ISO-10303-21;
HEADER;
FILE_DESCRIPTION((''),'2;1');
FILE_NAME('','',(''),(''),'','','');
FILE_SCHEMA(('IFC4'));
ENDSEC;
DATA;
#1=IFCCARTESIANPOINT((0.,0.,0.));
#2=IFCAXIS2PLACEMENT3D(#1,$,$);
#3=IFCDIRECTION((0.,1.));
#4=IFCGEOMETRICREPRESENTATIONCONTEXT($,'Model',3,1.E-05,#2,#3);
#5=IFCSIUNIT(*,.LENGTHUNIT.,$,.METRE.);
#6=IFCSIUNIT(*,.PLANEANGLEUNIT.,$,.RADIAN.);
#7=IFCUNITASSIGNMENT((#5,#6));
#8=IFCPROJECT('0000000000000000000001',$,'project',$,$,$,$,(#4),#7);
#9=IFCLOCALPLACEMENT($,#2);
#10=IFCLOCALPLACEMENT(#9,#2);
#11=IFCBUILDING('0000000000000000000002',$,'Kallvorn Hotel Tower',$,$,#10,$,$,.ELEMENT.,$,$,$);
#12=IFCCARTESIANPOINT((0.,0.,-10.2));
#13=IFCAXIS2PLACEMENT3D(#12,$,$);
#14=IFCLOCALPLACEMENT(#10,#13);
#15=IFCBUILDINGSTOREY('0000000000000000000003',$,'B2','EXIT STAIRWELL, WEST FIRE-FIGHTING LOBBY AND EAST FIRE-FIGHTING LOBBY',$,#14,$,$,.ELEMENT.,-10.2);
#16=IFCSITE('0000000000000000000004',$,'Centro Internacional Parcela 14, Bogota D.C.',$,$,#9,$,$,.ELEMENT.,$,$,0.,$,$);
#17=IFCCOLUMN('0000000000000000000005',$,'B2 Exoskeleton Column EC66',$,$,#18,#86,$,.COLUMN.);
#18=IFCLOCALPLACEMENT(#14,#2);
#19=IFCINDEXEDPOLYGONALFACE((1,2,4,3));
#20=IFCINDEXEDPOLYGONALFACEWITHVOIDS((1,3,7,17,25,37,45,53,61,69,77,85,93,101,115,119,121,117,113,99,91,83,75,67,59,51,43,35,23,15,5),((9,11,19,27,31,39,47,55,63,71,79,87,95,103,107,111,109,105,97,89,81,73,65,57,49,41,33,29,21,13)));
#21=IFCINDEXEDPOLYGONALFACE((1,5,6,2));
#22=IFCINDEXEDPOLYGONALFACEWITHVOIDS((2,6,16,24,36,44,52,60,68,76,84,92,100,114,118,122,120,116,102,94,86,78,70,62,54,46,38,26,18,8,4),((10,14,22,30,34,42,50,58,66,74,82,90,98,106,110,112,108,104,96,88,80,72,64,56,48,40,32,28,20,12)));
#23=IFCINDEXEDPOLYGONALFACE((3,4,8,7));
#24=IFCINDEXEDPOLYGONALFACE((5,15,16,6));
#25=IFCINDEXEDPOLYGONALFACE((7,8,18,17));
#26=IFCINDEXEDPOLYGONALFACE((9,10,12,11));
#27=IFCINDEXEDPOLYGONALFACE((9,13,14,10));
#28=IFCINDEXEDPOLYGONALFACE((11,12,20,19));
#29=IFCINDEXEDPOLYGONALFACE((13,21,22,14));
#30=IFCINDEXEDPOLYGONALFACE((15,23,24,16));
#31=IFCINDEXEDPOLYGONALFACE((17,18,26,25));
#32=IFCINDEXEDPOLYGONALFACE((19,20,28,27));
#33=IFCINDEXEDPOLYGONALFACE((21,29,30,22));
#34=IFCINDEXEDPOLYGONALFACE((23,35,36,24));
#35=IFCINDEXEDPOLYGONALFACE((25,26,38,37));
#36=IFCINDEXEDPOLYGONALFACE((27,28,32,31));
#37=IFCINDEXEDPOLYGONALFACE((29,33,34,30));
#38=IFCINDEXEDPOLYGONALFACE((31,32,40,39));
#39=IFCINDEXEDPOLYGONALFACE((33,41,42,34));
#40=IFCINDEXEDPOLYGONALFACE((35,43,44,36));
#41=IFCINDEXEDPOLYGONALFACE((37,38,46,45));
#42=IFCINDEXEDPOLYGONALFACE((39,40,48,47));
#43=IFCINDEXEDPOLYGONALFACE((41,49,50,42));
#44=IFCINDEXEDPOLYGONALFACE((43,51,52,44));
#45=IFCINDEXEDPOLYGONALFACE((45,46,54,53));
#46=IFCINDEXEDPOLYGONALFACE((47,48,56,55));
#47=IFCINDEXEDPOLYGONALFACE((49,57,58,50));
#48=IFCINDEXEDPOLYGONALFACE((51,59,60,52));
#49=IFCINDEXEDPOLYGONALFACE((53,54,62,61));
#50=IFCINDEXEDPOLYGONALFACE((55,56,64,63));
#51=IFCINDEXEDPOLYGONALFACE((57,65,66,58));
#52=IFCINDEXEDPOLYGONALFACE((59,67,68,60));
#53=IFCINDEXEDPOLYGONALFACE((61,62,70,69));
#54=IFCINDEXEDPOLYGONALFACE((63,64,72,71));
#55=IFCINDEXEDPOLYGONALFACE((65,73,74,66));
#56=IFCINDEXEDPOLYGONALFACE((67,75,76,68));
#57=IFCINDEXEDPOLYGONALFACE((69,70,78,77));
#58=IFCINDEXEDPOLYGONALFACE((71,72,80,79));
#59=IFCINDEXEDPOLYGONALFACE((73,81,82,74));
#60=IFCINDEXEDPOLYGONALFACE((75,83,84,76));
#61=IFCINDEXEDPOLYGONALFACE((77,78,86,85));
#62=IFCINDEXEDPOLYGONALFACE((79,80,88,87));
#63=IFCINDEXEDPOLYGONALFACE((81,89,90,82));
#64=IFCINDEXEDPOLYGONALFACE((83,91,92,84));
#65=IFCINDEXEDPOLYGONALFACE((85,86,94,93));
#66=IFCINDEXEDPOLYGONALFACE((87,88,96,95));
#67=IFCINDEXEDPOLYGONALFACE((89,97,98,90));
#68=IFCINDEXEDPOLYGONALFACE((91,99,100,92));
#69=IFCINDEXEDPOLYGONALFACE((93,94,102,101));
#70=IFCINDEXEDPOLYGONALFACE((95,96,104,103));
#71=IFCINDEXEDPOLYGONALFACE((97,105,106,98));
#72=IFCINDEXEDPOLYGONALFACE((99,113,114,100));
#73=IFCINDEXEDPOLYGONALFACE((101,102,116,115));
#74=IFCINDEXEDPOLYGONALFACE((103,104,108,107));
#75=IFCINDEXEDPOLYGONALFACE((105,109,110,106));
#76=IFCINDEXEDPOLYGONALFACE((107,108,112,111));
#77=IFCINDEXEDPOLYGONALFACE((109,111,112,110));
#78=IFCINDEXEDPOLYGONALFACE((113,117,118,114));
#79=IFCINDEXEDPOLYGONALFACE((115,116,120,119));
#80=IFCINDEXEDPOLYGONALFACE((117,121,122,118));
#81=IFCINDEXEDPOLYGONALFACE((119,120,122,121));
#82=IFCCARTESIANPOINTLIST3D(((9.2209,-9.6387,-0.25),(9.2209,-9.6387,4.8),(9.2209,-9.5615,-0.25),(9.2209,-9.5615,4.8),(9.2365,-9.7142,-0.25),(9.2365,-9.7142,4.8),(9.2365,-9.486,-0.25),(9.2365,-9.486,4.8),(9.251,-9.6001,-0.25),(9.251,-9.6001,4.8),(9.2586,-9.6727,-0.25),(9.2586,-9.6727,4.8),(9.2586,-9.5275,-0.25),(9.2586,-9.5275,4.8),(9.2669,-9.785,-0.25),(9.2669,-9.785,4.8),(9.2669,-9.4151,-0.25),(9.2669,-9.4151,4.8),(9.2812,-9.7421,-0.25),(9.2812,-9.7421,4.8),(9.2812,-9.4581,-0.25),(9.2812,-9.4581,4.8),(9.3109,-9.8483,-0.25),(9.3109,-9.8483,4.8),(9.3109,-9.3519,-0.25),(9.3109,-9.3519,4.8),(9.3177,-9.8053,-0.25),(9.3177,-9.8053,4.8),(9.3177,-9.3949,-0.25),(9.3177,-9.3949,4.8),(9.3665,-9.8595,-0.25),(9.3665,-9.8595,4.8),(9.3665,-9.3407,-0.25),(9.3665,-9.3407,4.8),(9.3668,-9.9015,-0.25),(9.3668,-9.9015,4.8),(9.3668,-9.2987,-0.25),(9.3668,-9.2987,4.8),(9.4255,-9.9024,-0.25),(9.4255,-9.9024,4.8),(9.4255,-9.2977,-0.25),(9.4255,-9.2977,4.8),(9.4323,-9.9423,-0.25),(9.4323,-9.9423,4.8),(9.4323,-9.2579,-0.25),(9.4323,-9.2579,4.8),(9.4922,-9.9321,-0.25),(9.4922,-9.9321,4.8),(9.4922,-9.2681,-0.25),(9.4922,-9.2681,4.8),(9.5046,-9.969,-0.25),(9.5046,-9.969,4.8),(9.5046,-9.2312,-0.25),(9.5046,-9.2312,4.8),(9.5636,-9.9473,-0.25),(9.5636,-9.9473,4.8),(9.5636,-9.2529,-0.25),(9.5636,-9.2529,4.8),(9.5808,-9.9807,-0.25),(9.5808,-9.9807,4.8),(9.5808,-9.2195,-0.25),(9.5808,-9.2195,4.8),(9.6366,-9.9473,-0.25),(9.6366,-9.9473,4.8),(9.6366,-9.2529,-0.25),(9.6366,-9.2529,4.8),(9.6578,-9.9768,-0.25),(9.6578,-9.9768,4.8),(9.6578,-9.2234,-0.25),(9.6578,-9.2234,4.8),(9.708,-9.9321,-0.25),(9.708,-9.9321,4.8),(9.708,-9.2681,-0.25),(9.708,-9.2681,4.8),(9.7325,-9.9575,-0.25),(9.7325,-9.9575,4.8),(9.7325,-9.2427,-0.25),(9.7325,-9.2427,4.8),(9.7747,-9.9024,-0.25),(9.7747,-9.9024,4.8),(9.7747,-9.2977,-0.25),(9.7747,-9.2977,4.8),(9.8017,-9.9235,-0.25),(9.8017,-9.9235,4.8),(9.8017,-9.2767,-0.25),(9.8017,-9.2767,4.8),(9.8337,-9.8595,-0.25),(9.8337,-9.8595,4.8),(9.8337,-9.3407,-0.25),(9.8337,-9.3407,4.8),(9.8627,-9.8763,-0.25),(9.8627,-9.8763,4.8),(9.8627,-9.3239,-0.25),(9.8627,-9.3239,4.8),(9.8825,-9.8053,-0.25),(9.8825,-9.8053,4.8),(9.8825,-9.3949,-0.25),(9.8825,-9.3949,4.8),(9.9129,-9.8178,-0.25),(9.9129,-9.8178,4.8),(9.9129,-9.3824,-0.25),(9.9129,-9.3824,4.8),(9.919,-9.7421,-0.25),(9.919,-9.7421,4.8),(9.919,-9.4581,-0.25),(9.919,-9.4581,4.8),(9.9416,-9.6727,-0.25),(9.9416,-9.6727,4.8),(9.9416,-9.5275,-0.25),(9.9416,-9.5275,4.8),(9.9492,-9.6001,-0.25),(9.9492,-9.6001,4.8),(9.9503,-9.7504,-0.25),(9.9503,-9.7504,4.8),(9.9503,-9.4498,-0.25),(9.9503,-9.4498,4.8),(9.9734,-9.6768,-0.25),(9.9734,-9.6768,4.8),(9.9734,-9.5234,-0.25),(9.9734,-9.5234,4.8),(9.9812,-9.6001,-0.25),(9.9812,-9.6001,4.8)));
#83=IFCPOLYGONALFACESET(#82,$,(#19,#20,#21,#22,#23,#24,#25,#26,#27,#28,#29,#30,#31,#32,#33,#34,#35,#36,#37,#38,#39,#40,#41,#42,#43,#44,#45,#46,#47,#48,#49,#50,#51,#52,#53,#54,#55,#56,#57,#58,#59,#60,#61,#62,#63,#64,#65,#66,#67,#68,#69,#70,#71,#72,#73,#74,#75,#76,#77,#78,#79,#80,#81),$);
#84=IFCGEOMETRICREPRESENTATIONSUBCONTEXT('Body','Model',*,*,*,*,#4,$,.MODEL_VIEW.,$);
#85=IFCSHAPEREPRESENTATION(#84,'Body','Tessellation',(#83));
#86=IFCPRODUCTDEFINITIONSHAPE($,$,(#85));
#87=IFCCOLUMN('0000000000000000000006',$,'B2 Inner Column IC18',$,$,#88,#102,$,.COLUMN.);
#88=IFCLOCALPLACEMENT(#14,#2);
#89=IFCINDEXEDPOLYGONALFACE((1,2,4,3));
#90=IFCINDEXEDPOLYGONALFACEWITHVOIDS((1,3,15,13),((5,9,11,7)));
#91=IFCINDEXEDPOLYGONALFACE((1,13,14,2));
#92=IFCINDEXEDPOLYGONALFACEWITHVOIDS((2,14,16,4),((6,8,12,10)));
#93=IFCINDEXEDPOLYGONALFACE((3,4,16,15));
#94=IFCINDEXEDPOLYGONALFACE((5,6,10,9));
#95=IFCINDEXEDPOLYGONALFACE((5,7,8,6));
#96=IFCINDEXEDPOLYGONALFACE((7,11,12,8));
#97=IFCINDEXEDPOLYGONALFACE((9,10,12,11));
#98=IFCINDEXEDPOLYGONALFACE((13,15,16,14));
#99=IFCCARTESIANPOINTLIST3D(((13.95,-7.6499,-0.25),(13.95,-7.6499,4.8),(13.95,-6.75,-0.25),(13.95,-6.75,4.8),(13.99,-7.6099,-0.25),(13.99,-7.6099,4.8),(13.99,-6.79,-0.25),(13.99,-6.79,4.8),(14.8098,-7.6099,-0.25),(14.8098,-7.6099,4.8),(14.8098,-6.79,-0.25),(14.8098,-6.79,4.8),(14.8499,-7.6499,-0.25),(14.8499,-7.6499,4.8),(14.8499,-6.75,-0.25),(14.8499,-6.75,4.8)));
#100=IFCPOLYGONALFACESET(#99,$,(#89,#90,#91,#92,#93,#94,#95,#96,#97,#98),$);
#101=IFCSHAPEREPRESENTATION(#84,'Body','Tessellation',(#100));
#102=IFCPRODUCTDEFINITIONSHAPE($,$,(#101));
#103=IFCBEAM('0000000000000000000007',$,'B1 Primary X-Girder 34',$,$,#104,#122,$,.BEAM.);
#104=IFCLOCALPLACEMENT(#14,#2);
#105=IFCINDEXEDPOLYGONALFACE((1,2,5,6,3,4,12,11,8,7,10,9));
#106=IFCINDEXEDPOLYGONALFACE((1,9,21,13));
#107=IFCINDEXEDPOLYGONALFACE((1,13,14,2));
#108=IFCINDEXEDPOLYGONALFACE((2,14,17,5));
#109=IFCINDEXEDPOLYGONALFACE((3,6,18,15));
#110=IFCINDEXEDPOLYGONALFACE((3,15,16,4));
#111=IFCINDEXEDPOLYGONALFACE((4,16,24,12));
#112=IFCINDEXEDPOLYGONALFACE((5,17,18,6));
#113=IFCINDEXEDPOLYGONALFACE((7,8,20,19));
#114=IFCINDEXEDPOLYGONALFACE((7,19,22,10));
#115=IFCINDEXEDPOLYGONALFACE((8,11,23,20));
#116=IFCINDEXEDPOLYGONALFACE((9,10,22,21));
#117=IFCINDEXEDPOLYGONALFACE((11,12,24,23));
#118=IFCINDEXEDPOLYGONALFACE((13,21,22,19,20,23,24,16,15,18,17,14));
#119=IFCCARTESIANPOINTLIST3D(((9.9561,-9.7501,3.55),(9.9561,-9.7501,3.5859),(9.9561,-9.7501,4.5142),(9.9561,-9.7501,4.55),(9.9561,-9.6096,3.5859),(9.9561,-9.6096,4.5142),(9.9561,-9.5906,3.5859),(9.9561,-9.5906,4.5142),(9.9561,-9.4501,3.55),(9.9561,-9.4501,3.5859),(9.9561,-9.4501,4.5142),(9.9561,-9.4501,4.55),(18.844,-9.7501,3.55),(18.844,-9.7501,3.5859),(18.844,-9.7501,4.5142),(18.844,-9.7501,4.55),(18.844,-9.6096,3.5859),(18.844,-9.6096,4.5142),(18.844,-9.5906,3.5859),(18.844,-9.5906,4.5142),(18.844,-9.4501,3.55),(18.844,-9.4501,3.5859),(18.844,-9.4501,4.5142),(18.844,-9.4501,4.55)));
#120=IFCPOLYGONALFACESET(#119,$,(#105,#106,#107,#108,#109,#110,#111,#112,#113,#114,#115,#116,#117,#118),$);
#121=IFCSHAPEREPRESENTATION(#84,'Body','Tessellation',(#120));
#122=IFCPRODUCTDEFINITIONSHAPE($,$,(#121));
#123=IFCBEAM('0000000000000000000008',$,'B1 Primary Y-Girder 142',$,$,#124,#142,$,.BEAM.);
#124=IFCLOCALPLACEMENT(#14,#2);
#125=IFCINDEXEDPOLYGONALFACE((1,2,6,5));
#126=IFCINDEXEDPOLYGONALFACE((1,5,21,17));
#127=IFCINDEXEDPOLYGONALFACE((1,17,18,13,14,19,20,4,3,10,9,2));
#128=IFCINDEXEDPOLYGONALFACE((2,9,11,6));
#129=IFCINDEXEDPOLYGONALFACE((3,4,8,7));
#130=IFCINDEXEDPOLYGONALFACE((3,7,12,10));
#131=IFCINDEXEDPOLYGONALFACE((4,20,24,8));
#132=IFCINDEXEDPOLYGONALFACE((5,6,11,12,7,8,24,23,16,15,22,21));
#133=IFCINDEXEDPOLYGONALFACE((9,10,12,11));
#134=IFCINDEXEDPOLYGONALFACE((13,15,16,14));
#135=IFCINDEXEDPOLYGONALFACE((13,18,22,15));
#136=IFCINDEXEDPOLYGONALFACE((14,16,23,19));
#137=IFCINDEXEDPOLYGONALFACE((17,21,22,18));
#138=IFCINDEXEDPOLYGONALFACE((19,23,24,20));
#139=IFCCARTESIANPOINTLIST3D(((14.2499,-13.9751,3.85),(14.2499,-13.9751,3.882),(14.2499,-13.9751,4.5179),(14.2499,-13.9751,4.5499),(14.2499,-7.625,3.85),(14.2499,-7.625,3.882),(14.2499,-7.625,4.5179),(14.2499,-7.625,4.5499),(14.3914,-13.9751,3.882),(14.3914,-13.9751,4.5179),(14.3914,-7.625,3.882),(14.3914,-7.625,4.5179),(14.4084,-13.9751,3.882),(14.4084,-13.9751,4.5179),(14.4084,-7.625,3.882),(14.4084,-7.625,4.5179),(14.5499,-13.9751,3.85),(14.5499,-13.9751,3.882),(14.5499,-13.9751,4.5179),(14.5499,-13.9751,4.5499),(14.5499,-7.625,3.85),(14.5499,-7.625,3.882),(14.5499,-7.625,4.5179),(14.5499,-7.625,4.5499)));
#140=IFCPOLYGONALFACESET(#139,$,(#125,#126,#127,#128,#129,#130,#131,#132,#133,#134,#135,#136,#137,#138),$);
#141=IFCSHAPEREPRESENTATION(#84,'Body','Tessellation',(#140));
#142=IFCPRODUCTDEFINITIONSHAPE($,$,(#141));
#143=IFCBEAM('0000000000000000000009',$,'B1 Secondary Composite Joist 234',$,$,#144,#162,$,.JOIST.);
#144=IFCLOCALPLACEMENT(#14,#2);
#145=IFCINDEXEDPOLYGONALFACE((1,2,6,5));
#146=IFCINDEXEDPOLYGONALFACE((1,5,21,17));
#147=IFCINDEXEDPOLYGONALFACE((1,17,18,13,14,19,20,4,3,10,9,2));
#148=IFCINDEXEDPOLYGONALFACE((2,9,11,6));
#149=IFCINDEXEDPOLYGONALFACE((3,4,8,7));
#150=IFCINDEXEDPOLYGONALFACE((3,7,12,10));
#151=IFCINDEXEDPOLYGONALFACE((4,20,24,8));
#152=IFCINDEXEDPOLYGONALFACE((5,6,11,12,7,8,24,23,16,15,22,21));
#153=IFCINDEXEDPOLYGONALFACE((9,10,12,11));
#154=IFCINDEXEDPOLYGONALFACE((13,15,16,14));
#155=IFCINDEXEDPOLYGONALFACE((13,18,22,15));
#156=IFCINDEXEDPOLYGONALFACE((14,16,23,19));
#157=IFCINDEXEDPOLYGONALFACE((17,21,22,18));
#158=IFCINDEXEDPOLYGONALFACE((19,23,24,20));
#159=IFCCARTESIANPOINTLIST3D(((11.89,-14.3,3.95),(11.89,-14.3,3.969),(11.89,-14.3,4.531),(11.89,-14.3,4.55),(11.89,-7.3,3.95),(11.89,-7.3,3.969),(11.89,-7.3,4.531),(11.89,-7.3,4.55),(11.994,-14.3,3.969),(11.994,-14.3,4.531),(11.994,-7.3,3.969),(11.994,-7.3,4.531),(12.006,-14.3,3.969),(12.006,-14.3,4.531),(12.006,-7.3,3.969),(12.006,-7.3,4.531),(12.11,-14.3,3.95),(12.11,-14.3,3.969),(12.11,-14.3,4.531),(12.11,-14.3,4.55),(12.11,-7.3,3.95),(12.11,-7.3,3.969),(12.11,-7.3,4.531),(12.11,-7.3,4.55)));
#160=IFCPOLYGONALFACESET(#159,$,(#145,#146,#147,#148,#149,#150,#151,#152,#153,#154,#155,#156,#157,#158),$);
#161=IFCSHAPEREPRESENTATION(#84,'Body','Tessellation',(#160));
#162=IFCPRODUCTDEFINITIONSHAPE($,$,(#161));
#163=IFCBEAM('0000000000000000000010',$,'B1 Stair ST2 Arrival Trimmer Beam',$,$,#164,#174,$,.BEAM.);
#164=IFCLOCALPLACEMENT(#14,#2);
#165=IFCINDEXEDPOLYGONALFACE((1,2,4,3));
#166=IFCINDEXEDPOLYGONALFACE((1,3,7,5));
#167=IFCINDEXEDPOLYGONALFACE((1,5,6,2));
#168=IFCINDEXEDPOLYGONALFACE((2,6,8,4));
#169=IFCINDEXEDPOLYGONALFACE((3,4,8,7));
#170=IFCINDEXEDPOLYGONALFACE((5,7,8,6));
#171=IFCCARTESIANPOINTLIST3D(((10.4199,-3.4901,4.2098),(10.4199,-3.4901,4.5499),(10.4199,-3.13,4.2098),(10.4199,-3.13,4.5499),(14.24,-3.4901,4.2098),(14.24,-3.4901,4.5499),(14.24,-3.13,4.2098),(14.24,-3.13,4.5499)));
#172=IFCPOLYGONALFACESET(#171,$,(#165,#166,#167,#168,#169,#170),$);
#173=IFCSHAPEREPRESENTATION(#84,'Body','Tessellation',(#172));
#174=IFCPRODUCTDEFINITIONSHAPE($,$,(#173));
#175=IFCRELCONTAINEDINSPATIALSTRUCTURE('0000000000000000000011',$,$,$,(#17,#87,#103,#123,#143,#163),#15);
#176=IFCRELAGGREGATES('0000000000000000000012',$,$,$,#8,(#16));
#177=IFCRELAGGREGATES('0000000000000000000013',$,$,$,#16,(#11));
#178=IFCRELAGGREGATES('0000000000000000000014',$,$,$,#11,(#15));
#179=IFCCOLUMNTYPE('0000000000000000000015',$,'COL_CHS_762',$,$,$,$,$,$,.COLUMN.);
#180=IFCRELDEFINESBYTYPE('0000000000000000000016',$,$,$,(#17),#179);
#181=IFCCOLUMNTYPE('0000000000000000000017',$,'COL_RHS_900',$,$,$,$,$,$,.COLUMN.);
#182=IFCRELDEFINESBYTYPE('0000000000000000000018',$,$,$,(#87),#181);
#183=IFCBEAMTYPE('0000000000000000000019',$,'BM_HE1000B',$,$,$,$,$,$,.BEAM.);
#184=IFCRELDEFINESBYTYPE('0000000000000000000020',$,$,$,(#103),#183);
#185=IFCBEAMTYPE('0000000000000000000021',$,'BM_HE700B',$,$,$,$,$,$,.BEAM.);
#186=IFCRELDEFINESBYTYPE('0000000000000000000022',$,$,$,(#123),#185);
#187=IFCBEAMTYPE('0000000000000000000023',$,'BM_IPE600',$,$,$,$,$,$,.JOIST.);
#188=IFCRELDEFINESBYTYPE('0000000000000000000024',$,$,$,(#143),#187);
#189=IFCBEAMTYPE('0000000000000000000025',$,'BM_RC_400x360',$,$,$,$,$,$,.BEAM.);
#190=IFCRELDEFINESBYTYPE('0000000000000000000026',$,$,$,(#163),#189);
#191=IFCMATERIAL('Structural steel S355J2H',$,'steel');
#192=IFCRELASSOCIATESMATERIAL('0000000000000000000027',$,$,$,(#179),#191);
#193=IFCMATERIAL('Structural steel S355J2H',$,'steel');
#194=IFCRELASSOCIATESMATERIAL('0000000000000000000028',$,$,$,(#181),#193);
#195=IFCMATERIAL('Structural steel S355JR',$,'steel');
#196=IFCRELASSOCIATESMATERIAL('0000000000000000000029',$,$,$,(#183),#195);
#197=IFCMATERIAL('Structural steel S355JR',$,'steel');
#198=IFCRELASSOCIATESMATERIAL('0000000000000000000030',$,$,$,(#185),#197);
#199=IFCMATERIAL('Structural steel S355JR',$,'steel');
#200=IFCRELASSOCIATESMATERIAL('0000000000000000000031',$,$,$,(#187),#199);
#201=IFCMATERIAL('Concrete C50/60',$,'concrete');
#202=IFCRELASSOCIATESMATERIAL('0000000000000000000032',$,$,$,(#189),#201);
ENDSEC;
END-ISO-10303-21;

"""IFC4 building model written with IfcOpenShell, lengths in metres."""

from ifc_helpers import new_model, si_unit, direction, frame, origin, origin_2d, place, context, subcontext, project, spatial, rectangle, hollow_rectangle, hollow_circle, i_section, extrude, material, material_profile, profile_set, type_object, element, save


model = new_model("IFC4")

# Units and contexts
model_context = context("Model", 3, precision=1e-05, world=origin(), true_north=direction((0.0, 1.0)))
body_context = subcontext(model_context, "Body", "Model", "MODEL_VIEW")
ifc_project = project(units=[si_unit("LENGTHUNIT", "METRE"), si_unit("PLANEANGLEUNIT", "RADIAN")], contexts=[model_context])

# Site, building, storey
site_placement = place(None, origin())
site = spatial("IfcSite", under=ifc_project, at=site_placement, Name="Centro Internacional Parcela 14, Bogota D.C.", CompositionType="ELEMENT", RefElevation=0.0)
building_placement = place(site_placement, origin())
building = spatial("IfcBuilding", under=site, at=building_placement, Name="Kallvorn Hotel Tower", CompositionType="ELEMENT")
storey_placement = place(building_placement, frame((0.0, 0.0, -10.2)))
storey = spatial("IfcBuildingStorey", under=building, at=storey_placement, Name="B2", Description="EXIT STAIRWELL, WEST FIRE-FIGHTING LOBBY AND EAST FIRE-FIGHTING LOBBY", CompositionType="ELEMENT", Elevation=-10.2)

# Columns
ifc_material_1 = material(Name="Structural steel S355J2H", Category="steel")
ifc_material_profile_1 = material_profile(ifc_material_1, hollow_circle(Radius=0.3811, WallThickness=0.032, at=origin_2d()), Name="CHS 762x32")
ifc_profile_set_1 = profile_set([ifc_material_profile_1], Name="Structural steel S355J2H")
column_type_1 = type_object("IfcColumnType", Name="COL_CHS_762", PredefinedType="COLUMN", material=ifc_profile_set_1)
column_1_placement = place(storey_placement, frame((9.6001, -9.6001, -0.25), z_axis=(0.0, 0.0, 1.0), x_axis=(1.0, 0.0, 0.0)))
element("IfcColumn", 1, at=column_1_placement, inside=storey, type_object=column_type_1, Name="B2 Exoskeleton Column EC66", PredefinedType="COLUMN", context=body_context, shape_type="SweptSolid", body=[
    extrude(hollow_circle(Radius=0.3811, WallThickness=0.032, at=origin_2d()), origin(), (0.0, 0.0, 1.0), 5.05),
])
ifc_material_2 = material(Name="Structural steel S355J2H", Category="steel")
ifc_material_profile_2 = material_profile(ifc_material_2, hollow_rectangle(XDim=0.8999, YDim=0.8999, WallThickness=0.04, at=origin_2d()), Name="RHS 900x900x40")
ifc_profile_set_2 = profile_set([ifc_material_profile_2], Name="Structural steel S355J2H")
column_type_2 = type_object("IfcColumnType", Name="COL_RHS_900", PredefinedType="COLUMN", material=ifc_profile_set_2)
column_2_placement = place(storey_placement, frame((14.3999, -7.2, -0.25), z_axis=(0.0, 0.0, 1.0), x_axis=(1.0, 0.0, 0.0)))
element("IfcColumn", 2, at=column_2_placement, inside=storey, type_object=column_type_2, Name="B2 Inner Column IC18", PredefinedType="COLUMN", context=body_context, shape_type="SweptSolid", body=[
    extrude(hollow_rectangle(XDim=0.8999, YDim=0.8999, WallThickness=0.04, at=origin_2d()), origin(), (0.0, 0.0, 1.0), 5.05),
])

# Beams
ifc_material_3 = material(Name="Structural steel S355JR", Category="steel")
ifc_material_profile_3 = material_profile(ifc_material_3, i_section(OverallWidth=0.3, OverallDepth=1.0, WebThickness=0.019, FlangeThickness=0.0359, at=origin_2d()), Name="HE 1000 B")
ifc_profile_set_3 = profile_set([ifc_material_profile_3], Name="Structural steel S355JR")
beam_type_1 = type_object("IfcBeamType", Name="BM_HE1000B", PredefinedType="BEAM", material=ifc_profile_set_3)
beam_1_placement = place(storey_placement, frame((9.9561, -9.6001, 4.05), z_axis=(1.0, 0.0, 0.0), x_axis=(0.0, 1.0, 0.0)))
element("IfcBeam", 3, at=beam_1_placement, inside=storey, type_object=beam_type_1, Name="B1 Primary X-Girder 34", PredefinedType="BEAM", context=body_context, shape_type="SweptSolid", body=[
    extrude(i_section(OverallWidth=0.3, OverallDepth=1.0, WebThickness=0.019, FlangeThickness=0.0359, at=origin_2d()), origin(), (0.0, 0.0, 1.0), 8.8879),
])
ifc_material_4 = material(Name="Structural steel S355JR", Category="steel")
ifc_material_profile_4 = material_profile(ifc_material_4, i_section(OverallWidth=0.3, OverallDepth=0.7, WebThickness=0.0171, FlangeThickness=0.032, at=origin_2d()), Name="HE 700 B")
ifc_profile_set_4 = profile_set([ifc_material_profile_4], Name="Structural steel S355JR")
beam_type_2 = type_object("IfcBeamType", Name="BM_HE700B", PredefinedType="BEAM", material=ifc_profile_set_4)
beam_2_placement = place(storey_placement, frame((14.3999, -13.9751, 4.2), z_axis=(0.0, 1.0, 0.0), x_axis=(-1.0, 0.0, 0.0)))
element("IfcBeam", 4, at=beam_2_placement, inside=storey, type_object=beam_type_2, Name="B1 Primary Y-Girder 142", PredefinedType="BEAM", context=body_context, shape_type="SweptSolid", body=[
    extrude(i_section(OverallWidth=0.3, OverallDepth=0.7, WebThickness=0.0171, FlangeThickness=0.032, at=origin_2d()), origin(), (0.0, 0.0, 1.0), 6.3501),
])
ifc_material_5 = material(Name="Structural steel S355JR", Category="steel")
ifc_material_profile_5 = material_profile(ifc_material_5, i_section(OverallWidth=0.22, OverallDepth=0.6001, WebThickness=0.012, FlangeThickness=0.019, at=origin_2d()), Name="IPE 600")
ifc_profile_set_5 = profile_set([ifc_material_profile_5], Name="Structural steel S355JR")
beam_type_3 = type_object("IfcBeamType", Name="BM_IPE600", PredefinedType="JOIST", material=ifc_profile_set_5)
beam_3_placement = place(storey_placement, frame((12.0, -14.3, 4.25), z_axis=(0.0, 1.0, 0.0), x_axis=(-1.0, 0.0, 0.0)))
element("IfcBeam", 5, at=beam_3_placement, inside=storey, type_object=beam_type_3, Name="B1 Secondary Composite Joist 234", PredefinedType="JOIST", context=body_context, shape_type="SweptSolid", body=[
    extrude(i_section(OverallWidth=0.22, OverallDepth=0.6001, WebThickness=0.012, FlangeThickness=0.019, at=origin_2d()), origin(), (0.0, 0.0, 1.0), 7.0),
])
ifc_material_6 = material(Name="Concrete C50/60", Category="concrete")
ifc_material_profile_6 = material_profile(ifc_material_6, rectangle(XDim=0.3601, YDim=0.3401, at=origin_2d()), Name="RC 360x340")
ifc_profile_set_6 = profile_set([ifc_material_profile_6], Name="Concrete C50/60")
beam_type_4 = type_object("IfcBeamType", Name="BM_RC_400x360", PredefinedType="BEAM", material=ifc_profile_set_6)
beam_4_placement = place(storey_placement, frame((14.24, -3.3101, 4.3799), z_axis=(-1.0, 0.0, 0.0), x_axis=(0.0, -1.0, 0.0)))
element("IfcBeam", 6, at=beam_4_placement, inside=storey, type_object=beam_type_4, Name="B1 Stair ST2 Arrival Trimmer Beam", PredefinedType="BEAM", context=body_context, shape_type="SweptSolid", body=[
    extrude(rectangle(XDim=0.3601, YDim=0.3401, at=origin_2d()), origin(), (0.0, 0.0, 1.0), 3.8201),
])

save(model, "model.ifc")
